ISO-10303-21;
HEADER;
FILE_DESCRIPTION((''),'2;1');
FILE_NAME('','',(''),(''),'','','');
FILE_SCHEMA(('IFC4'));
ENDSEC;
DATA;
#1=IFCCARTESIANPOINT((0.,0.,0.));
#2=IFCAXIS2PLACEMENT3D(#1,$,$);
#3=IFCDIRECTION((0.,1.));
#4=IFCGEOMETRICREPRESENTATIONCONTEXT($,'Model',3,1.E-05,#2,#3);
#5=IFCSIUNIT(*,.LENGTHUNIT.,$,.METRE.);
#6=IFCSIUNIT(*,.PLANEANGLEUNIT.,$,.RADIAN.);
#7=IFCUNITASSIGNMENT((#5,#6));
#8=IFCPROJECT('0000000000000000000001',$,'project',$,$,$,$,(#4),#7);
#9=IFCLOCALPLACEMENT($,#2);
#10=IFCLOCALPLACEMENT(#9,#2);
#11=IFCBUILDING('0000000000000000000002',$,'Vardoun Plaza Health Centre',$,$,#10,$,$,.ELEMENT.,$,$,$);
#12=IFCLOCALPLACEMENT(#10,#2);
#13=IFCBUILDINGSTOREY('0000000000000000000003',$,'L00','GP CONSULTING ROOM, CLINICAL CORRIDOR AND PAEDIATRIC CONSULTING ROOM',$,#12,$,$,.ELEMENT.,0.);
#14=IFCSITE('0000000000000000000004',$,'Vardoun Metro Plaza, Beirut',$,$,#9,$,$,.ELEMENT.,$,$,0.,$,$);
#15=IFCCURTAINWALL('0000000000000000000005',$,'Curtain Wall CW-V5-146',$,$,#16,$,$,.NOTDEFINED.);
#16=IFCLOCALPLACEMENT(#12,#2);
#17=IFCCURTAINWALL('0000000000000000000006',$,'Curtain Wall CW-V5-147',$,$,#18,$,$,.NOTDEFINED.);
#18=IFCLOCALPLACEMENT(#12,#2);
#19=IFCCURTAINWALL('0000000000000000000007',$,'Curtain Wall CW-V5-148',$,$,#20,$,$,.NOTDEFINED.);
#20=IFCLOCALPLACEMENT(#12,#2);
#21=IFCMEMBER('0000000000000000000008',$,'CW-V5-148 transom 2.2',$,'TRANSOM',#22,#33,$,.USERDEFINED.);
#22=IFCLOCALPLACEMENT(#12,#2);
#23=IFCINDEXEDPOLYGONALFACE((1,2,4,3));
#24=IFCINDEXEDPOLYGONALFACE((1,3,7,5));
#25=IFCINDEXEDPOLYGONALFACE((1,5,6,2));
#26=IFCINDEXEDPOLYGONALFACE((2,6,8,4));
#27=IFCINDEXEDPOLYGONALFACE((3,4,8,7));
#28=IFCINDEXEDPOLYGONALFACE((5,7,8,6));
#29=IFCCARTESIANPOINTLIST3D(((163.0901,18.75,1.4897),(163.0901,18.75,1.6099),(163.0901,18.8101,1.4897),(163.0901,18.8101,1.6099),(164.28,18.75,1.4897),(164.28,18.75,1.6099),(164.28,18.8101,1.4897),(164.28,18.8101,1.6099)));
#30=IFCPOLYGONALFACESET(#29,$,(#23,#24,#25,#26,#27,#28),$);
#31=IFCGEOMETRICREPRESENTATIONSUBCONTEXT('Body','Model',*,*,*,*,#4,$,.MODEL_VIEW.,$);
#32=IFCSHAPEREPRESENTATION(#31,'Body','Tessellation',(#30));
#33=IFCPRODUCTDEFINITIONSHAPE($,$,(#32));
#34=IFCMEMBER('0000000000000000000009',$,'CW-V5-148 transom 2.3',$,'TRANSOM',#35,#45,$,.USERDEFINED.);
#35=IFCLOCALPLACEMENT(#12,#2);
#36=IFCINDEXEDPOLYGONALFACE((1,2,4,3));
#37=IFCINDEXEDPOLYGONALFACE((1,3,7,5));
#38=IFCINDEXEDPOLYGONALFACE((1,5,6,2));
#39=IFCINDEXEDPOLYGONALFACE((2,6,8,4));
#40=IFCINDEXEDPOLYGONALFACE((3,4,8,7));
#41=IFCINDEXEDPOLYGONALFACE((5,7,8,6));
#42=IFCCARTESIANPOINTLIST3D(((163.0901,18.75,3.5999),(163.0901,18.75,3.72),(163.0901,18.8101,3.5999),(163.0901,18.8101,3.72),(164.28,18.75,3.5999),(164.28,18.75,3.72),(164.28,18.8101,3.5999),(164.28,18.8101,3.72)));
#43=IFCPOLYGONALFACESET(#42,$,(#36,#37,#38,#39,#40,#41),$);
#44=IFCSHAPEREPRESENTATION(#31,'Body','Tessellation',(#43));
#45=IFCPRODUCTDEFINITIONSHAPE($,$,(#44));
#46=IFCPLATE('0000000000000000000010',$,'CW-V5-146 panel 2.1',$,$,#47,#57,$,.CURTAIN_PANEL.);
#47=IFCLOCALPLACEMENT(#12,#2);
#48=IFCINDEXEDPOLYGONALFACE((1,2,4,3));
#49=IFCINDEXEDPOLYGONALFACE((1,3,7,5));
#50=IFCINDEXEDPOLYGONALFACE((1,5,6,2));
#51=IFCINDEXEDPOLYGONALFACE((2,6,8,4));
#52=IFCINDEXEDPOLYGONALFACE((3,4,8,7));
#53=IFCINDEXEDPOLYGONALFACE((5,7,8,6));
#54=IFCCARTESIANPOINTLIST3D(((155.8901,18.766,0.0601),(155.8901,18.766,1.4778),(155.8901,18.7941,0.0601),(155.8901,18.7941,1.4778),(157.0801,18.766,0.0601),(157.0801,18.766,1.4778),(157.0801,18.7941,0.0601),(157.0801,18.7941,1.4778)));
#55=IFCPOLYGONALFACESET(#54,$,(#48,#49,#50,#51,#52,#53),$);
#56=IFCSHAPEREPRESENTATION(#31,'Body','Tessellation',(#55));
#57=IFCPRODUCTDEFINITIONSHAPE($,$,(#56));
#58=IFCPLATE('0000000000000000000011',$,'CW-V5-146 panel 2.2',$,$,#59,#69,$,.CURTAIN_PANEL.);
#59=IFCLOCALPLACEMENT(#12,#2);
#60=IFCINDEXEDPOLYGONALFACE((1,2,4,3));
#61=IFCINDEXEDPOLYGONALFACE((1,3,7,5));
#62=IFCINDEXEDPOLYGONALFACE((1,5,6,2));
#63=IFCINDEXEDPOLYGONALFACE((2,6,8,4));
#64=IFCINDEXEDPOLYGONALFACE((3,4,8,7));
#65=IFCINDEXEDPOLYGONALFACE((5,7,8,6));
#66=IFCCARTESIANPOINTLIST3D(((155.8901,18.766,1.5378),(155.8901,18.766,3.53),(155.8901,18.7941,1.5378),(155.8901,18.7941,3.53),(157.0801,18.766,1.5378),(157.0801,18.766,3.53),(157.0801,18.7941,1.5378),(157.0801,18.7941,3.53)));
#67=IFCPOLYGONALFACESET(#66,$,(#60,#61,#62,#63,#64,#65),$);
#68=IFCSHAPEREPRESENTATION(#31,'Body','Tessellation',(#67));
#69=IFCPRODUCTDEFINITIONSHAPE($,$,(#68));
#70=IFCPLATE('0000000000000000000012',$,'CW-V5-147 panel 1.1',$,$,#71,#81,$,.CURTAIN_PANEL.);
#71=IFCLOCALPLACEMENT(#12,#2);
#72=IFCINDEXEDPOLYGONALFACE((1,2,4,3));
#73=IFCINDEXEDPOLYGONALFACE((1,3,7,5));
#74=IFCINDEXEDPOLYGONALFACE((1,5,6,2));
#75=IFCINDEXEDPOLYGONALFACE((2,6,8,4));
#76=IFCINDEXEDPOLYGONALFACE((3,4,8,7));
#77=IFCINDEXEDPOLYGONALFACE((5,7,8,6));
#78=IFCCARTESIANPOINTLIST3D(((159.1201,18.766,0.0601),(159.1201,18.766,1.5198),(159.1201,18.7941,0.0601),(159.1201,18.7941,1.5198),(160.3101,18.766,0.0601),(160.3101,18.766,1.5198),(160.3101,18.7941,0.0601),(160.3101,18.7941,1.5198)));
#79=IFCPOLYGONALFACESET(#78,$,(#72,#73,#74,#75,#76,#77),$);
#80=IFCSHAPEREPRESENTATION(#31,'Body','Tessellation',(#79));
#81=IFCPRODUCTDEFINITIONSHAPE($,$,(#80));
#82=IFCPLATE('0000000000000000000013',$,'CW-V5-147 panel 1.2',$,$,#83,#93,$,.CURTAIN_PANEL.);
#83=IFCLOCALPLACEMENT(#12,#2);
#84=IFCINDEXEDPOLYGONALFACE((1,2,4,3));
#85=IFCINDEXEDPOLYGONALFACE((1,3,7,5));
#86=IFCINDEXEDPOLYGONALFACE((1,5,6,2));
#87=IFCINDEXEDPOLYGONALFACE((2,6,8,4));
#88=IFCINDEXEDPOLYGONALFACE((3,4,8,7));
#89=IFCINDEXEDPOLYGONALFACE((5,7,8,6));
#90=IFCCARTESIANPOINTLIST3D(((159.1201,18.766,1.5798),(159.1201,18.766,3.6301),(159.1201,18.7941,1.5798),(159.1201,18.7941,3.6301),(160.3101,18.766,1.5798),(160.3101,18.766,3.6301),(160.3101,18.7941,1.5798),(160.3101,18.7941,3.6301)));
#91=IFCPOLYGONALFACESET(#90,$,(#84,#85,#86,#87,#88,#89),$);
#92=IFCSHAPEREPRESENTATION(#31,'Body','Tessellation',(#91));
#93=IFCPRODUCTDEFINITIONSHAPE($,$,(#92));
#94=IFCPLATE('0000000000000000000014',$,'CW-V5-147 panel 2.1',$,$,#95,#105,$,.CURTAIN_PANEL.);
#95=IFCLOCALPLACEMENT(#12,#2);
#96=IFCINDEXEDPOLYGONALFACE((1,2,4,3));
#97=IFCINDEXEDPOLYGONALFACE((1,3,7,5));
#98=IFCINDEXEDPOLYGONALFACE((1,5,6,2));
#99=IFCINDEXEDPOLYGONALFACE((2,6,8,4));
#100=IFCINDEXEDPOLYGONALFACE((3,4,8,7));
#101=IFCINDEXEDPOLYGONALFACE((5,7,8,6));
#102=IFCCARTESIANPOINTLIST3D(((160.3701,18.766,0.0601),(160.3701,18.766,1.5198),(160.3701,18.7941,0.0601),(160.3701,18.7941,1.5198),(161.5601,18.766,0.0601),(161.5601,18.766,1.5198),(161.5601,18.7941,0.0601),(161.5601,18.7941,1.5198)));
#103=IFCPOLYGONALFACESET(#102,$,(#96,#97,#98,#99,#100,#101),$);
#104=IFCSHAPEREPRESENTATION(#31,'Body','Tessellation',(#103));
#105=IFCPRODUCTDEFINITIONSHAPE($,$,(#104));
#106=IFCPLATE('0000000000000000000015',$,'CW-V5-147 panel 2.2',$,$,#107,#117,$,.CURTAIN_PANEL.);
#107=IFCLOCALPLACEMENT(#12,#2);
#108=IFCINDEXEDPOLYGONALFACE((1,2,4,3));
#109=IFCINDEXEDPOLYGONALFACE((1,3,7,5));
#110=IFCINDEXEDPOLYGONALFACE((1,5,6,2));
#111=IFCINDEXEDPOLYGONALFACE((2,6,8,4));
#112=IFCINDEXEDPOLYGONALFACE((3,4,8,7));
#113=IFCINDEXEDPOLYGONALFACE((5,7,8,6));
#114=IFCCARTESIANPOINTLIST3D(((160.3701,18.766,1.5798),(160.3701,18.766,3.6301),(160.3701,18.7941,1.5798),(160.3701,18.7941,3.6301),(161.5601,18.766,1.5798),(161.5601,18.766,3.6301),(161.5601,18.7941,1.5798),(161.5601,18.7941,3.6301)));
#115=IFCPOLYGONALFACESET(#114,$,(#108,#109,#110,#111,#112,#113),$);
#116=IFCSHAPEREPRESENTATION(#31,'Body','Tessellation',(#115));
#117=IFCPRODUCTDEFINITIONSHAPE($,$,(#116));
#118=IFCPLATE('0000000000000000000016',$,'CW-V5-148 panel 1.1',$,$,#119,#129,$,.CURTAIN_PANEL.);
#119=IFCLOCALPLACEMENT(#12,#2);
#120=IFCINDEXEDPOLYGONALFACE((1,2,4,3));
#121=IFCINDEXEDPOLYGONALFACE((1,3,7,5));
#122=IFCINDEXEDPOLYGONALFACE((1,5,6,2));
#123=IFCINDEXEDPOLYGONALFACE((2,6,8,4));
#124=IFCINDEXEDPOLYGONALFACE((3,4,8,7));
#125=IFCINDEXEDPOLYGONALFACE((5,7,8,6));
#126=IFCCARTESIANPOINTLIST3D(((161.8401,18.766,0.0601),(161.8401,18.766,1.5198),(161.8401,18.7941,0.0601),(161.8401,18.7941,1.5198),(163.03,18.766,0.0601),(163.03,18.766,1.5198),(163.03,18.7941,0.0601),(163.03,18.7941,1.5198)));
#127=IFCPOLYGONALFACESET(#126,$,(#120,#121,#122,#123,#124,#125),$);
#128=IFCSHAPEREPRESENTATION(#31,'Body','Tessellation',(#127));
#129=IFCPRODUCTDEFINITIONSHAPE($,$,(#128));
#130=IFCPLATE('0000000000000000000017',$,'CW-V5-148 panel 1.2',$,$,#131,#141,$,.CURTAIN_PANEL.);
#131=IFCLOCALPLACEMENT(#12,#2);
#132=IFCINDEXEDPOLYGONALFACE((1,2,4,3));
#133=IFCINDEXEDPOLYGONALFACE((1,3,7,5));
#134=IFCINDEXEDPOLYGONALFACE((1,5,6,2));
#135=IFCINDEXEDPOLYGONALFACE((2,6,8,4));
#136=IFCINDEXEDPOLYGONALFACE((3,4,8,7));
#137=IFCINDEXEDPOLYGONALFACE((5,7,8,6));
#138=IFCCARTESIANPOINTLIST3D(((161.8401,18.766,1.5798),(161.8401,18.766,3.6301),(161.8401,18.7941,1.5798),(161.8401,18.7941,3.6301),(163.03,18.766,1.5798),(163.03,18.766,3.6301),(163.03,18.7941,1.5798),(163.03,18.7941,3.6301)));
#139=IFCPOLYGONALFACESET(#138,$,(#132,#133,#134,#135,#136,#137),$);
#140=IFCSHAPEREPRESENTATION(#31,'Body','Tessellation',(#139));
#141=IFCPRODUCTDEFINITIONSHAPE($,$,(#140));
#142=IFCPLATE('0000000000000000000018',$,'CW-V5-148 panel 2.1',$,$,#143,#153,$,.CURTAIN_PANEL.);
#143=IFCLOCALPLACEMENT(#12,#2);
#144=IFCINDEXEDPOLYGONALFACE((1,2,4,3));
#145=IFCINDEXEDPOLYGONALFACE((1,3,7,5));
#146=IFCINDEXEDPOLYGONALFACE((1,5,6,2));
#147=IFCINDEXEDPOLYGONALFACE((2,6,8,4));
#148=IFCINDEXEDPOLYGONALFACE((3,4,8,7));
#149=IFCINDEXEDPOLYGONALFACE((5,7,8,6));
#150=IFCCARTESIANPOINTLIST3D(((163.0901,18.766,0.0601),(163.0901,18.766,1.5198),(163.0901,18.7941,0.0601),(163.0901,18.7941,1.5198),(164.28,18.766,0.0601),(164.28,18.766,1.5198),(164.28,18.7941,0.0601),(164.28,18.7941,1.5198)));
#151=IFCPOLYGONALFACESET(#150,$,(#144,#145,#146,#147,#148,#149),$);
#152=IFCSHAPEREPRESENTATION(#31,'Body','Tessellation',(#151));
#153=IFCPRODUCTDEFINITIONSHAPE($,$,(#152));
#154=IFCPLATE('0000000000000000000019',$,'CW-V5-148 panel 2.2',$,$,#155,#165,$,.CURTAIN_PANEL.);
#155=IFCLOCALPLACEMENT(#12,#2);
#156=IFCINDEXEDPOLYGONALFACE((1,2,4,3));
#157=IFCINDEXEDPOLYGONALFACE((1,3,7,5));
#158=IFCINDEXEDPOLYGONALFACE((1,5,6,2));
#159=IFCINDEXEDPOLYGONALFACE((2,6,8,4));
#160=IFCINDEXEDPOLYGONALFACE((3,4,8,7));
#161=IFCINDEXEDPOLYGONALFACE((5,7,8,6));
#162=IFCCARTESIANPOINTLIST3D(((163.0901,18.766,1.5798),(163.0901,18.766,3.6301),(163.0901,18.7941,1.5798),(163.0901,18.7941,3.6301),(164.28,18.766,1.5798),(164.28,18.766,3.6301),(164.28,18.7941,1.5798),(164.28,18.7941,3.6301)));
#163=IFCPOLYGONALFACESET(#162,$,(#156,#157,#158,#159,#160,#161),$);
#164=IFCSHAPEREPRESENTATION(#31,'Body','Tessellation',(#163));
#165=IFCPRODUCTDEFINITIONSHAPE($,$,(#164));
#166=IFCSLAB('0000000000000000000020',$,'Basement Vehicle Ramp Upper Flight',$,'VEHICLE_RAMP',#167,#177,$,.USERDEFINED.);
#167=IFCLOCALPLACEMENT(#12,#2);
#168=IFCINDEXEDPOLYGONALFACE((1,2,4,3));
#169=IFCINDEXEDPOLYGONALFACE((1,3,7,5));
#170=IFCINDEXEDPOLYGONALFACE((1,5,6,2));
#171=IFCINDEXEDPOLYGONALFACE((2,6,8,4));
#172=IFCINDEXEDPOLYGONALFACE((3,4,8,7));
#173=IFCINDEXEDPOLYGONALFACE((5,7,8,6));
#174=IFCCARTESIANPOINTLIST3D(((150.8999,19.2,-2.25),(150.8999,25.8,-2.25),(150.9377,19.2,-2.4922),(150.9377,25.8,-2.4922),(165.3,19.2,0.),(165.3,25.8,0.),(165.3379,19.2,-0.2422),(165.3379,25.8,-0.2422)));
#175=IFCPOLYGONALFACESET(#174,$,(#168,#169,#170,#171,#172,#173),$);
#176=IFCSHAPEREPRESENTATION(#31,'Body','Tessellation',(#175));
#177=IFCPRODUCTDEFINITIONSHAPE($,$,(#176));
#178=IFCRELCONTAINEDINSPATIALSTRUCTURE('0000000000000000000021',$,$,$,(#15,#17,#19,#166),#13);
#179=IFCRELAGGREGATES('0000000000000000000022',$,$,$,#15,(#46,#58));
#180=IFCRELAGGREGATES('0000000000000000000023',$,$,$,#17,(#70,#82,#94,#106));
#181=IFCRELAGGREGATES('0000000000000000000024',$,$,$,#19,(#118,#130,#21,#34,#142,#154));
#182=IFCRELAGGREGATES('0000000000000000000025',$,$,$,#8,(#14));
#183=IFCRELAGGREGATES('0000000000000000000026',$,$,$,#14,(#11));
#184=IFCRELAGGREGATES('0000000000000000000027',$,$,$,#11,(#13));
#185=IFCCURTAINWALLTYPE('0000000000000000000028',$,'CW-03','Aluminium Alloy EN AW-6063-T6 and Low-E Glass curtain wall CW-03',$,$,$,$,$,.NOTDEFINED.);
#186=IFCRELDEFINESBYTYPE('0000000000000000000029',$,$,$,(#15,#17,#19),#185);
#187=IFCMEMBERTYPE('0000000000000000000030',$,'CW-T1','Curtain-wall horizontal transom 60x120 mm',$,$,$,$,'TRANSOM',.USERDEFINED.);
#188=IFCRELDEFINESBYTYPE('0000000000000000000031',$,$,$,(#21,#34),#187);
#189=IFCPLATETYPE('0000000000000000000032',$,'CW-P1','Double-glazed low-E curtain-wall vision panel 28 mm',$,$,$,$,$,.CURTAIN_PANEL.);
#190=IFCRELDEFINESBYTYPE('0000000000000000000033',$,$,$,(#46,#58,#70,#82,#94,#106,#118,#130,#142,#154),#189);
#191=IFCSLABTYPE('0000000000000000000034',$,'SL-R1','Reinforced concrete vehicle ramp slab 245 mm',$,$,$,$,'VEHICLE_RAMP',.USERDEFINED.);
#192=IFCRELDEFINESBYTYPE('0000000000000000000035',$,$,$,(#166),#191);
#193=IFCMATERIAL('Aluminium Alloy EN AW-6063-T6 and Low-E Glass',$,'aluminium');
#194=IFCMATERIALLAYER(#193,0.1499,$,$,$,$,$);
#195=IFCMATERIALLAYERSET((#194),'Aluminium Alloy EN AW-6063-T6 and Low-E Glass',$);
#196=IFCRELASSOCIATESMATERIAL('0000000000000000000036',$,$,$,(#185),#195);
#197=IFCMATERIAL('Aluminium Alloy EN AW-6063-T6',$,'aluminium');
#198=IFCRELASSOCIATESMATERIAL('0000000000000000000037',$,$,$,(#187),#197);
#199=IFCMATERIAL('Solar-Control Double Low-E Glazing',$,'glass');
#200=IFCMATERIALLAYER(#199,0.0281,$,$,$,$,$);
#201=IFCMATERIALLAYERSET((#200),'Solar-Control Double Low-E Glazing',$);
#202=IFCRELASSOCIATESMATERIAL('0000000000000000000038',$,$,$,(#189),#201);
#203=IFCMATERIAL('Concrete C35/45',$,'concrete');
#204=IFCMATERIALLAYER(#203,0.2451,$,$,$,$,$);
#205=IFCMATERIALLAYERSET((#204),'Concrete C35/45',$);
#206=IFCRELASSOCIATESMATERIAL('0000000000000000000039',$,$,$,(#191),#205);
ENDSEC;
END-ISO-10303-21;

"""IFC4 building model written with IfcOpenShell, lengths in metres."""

from ifc_helpers import new_model, si_unit, direction, frame, origin, origin_2d, place, context, subcontext, project, spatial, polyline, rectangle, outline, extrude, material, layer, layer_set, material_profile, profile_set, type_object, element, aggregate, save


model = new_model("IFC4")

# Units and contexts
model_context = context("Model", 3, precision=1e-05, world=origin(), true_north=direction((0.0, 1.0)))
body_context = subcontext(model_context, "Body", "Model", "MODEL_VIEW")
ifc_project = project(units=[si_unit("LENGTHUNIT", "METRE"), si_unit("PLANEANGLEUNIT", "RADIAN")], contexts=[model_context])

# Site, building, storey
site_placement = place(None, origin())
site = spatial("IfcSite", under=ifc_project, at=site_placement, Name="Vardoun Metro Plaza, Beirut", CompositionType="ELEMENT", RefElevation=0.0)
building_placement = place(site_placement, origin())
building = spatial("IfcBuilding", under=site, at=building_placement, Name="Vardoun Plaza Health Centre", CompositionType="ELEMENT")
storey_placement = place(building_placement, origin())
storey = spatial("IfcBuildingStorey", under=building, at=storey_placement, Name="L00", Description="GP CONSULTING ROOM, CLINICAL CORRIDOR AND PAEDIATRIC CONSULTING ROOM", CompositionType="ELEMENT", Elevation=0.0)

# Curtain walls
ifc_material_1 = material(Name="Aluminium Alloy EN AW-6063-T6 and Low-E Glass", Category="aluminium")
ifc_layer_1 = layer(ifc_material_1, 0.1499)
ifc_layer_set_1 = layer_set([ifc_layer_1], Name="Aluminium Alloy EN AW-6063-T6 and Low-E Glass")
curtain_wall_type = type_object("IfcCurtainWallType", Name="CW-03", Description="Aluminium Alloy EN AW-6063-T6 and Low-E Glass curtain wall CW-03", PredefinedType="NOTDEFINED", material=ifc_layer_set_1)
curtain_wall_1_placement = place(storey_placement, origin())
curtain_wall_1 = element("IfcCurtainWall", 1, at=curtain_wall_1_placement, inside=storey, type_object=curtain_wall_type, Name="Curtain Wall CW-V5-146", PredefinedType="NOTDEFINED")
curtain_wall_2_placement = place(storey_placement, origin())
curtain_wall_2 = element("IfcCurtainWall", 2, at=curtain_wall_2_placement, inside=storey, type_object=curtain_wall_type, Name="Curtain Wall CW-V5-147", PredefinedType="NOTDEFINED")
curtain_wall_3_placement = place(storey_placement, origin())
curtain_wall_3 = element("IfcCurtainWall", 3, at=curtain_wall_3_placement, inside=storey, type_object=curtain_wall_type, Name="Curtain Wall CW-V5-148", PredefinedType="NOTDEFINED")

# Members
ifc_material_2 = material(Name="Aluminium Alloy EN AW-6063-T6", Category="aluminium")
ifc_material_profile_1 = material_profile(ifc_material_2, rectangle(XDim=0.0601, YDim=0.1201, at=origin_2d()), Name="CWT 60x120")
ifc_profile_set_1 = profile_set([ifc_material_profile_1], Name="Aluminium Alloy EN AW-6063-T6")
member_type_1 = type_object("IfcMemberType", Name="CW-T1", Description="Curtain-wall horizontal transom 60x120 mm", ElementType="TRANSOM", PredefinedType="USERDEFINED", material=ifc_profile_set_1)
member_1_placement = place(storey_placement, frame((163.0901, 18.78, 1.5498), z_axis=(1.0, 0.0, 0.0), x_axis=(0.0, 1.0, 0.0)))
member_1 = element("IfcMember", 4, at=member_1_placement, type_object=member_type_1, Name="CW-V5-148 transom 2.2", ObjectType="TRANSOM", PredefinedType="USERDEFINED", context=body_context, shape_type="SweptSolid", body=[
    extrude(rectangle(XDim=0.0601, YDim=0.1201, at=origin_2d()), origin(), (0.0, 0.0, 1.0), 1.1899),
])
member_2_placement = place(storey_placement, frame((163.0901, 18.78, 3.6599), z_axis=(1.0, 0.0, 0.0), x_axis=(0.0, 1.0, 0.0)))
member_2 = element("IfcMember", 5, at=member_2_placement, type_object=member_type_1, Name="CW-V5-148 transom 2.3", ObjectType="TRANSOM", PredefinedType="USERDEFINED", context=body_context, shape_type="SweptSolid", body=[
    extrude(rectangle(XDim=0.0601, YDim=0.1201, at=origin_2d()), origin(), (0.0, 0.0, 1.0), 1.1899),
])

# Plates
ifc_material_3 = material(Name="Solar-Control Double Low-E Glazing", Category="glass")
ifc_layer_2 = layer(ifc_material_3, 0.0281)
ifc_layer_set_2 = layer_set([ifc_layer_2], Name="Solar-Control Double Low-E Glazing")
plate_type = type_object("IfcPlateType", Name="CW-P1", Description="Double-glazed low-E curtain-wall vision panel 28 mm", PredefinedType="CURTAIN_PANEL", material=ifc_layer_set_2)
plate_1_placement = place(storey_placement, frame((156.4851, 18.78, 0.0601), z_axis=(0.0, 0.0, 1.0), x_axis=(1.0, 0.0, 0.0)))
plate_1 = element("IfcPlate", 6, at=plate_1_placement, type_object=plate_type, Name="CW-V5-146 panel 2.1", PredefinedType="CURTAIN_PANEL", context=body_context, shape_type="SweptSolid", body=[
    extrude(rectangle(XDim=1.1899, YDim=0.0281, at=origin_2d()), origin(), (0.0, 0.0, 1.0), 1.4177),
])
plate_2_placement = place(storey_placement, frame((156.4851, 18.78, 1.5378), z_axis=(0.0, 0.0, 1.0), x_axis=(1.0, 0.0, 0.0)))
plate_2 = element("IfcPlate", 7, at=plate_2_placement, type_object=plate_type, Name="CW-V5-146 panel 2.2", PredefinedType="CURTAIN_PANEL", context=body_context, shape_type="SweptSolid", body=[
    extrude(rectangle(XDim=1.1899, YDim=0.0281, at=origin_2d()), origin(), (0.0, 0.0, 1.0), 1.9922),
])
aggregate(curtain_wall_1, [plate_1, plate_2])
plate_3_placement = place(storey_placement, frame((159.7151, 18.78, 0.0601), z_axis=(0.0, 0.0, 1.0), x_axis=(1.0, 0.0, 0.0)))
plate_3 = element("IfcPlate", 8, at=plate_3_placement, type_object=plate_type, Name="CW-V5-147 panel 1.1", PredefinedType="CURTAIN_PANEL", context=body_context, shape_type="SweptSolid", body=[
    extrude(rectangle(XDim=1.1899, YDim=0.0281, at=origin_2d()), origin(), (0.0, 0.0, 1.0), 1.4597),
])
plate_4_placement = place(storey_placement, frame((159.7151, 18.78, 1.5798), z_axis=(0.0, 0.0, 1.0), x_axis=(1.0, 0.0, 0.0)))
plate_4 = element("IfcPlate", 9, at=plate_4_placement, type_object=plate_type, Name="CW-V5-147 panel 1.2", PredefinedType="CURTAIN_PANEL", context=body_context, shape_type="SweptSolid", body=[
    extrude(rectangle(XDim=1.1899, YDim=0.0281, at=origin_2d()), origin(), (0.0, 0.0, 1.0), 2.0503),
])
plate_5_placement = place(storey_placement, frame((160.9651, 18.78, 0.0601), z_axis=(0.0, 0.0, 1.0), x_axis=(1.0, 0.0, 0.0)))
plate_5 = element("IfcPlate", 10, at=plate_5_placement, type_object=plate_type, Name="CW-V5-147 panel 2.1", PredefinedType="CURTAIN_PANEL", context=body_context, shape_type="SweptSolid", body=[
    extrude(rectangle(XDim=1.1899, YDim=0.0281, at=origin_2d()), origin(), (0.0, 0.0, 1.0), 1.4597),
])
plate_6_placement = place(storey_placement, frame((160.9651, 18.78, 1.5798), z_axis=(0.0, 0.0, 1.0), x_axis=(1.0, 0.0, 0.0)))
plate_6 = element("IfcPlate", 11, at=plate_6_placement, type_object=plate_type, Name="CW-V5-147 panel 2.2", PredefinedType="CURTAIN_PANEL", context=body_context, shape_type="SweptSolid", body=[
    extrude(rectangle(XDim=1.1899, YDim=0.0281, at=origin_2d()), origin(), (0.0, 0.0, 1.0), 2.0503),
])
aggregate(curtain_wall_2, [plate_3, plate_4, plate_5, plate_6])
plate_7_placement = place(storey_placement, frame((162.4351, 18.78, 0.0601), z_axis=(0.0, 0.0, 1.0), x_axis=(1.0, 0.0, 0.0)))
plate_7 = element("IfcPlate", 12, at=plate_7_placement, type_object=plate_type, Name="CW-V5-148 panel 1.1", PredefinedType="CURTAIN_PANEL", context=body_context, shape_type="SweptSolid", body=[
    extrude(rectangle(XDim=1.1899, YDim=0.0281, at=origin_2d()), origin(), (0.0, 0.0, 1.0), 1.4597),
])
plate_8_placement = place(storey_placement, frame((162.4351, 18.78, 1.5798), z_axis=(0.0, 0.0, 1.0), x_axis=(1.0, 0.0, 0.0)))
plate_8 = element("IfcPlate", 13, at=plate_8_placement, type_object=plate_type, Name="CW-V5-148 panel 1.2", PredefinedType="CURTAIN_PANEL", context=body_context, shape_type="SweptSolid", body=[
    extrude(rectangle(XDim=1.1899, YDim=0.0281, at=origin_2d()), origin(), (0.0, 0.0, 1.0), 2.0503),
])
plate_9_placement = place(storey_placement, frame((163.6851, 18.78, 0.0601), z_axis=(0.0, 0.0, 1.0), x_axis=(1.0, 0.0, 0.0)))
plate_9 = element("IfcPlate", 14, at=plate_9_placement, type_object=plate_type, Name="CW-V5-148 panel 2.1", PredefinedType="CURTAIN_PANEL", context=body_context, shape_type="SweptSolid", body=[
    extrude(rectangle(XDim=1.1899, YDim=0.0281, at=origin_2d()), origin(), (0.0, 0.0, 1.0), 1.4597),
])
plate_10_placement = place(storey_placement, frame((163.6851, 18.78, 1.5798), z_axis=(0.0, 0.0, 1.0), x_axis=(1.0, 0.0, 0.0)))
plate_10 = element("IfcPlate", 15, at=plate_10_placement, type_object=plate_type, Name="CW-V5-148 panel 2.2", PredefinedType="CURTAIN_PANEL", context=body_context, shape_type="SweptSolid", body=[
    extrude(rectangle(XDim=1.1899, YDim=0.0281, at=origin_2d()), origin(), (0.0, 0.0, 1.0), 2.0503),
])
aggregate(curtain_wall_3, [plate_7, plate_8, member_1, member_2, plate_9, plate_10])

# Slab
ifc_material_4 = material(Name="Concrete C35/45", Category="concrete")
ifc_layer_3 = layer(ifc_material_4, 0.2451)
ifc_layer_set_3 = layer_set([ifc_layer_3], Name="Concrete C35/45")
slab_type = type_object("IfcSlabType", Name="SL-R1", Description="Reinforced concrete vehicle ramp slab 245 mm", ElementType="VEHICLE_RAMP", PredefinedType="USERDEFINED", material=ifc_layer_set_3)
slab_placement = place(storey_placement, frame((165.3, 19.2, 0.0), z_axis=(-0.154375, 0.0, 0.988012), x_axis=(0.0, 1.0, 0.0)))
element("IfcSlab", 16, at=slab_placement, inside=storey, type_object=slab_type, Name="Basement Vehicle Ramp Upper Flight", ObjectType="VEHICLE_RAMP", PredefinedType="USERDEFINED", context=body_context, shape_type="SweptSolid", body=[
    extrude(outline(polyline([(0.0, 0.0), (6.6001, 0.0), (6.6001, 14.5749), (0.0, 14.5749), (0.0, 0.0)])), origin(), (0.0, 0.0, -1.0), 0.2451),
])

save(model, "model.ifc")
